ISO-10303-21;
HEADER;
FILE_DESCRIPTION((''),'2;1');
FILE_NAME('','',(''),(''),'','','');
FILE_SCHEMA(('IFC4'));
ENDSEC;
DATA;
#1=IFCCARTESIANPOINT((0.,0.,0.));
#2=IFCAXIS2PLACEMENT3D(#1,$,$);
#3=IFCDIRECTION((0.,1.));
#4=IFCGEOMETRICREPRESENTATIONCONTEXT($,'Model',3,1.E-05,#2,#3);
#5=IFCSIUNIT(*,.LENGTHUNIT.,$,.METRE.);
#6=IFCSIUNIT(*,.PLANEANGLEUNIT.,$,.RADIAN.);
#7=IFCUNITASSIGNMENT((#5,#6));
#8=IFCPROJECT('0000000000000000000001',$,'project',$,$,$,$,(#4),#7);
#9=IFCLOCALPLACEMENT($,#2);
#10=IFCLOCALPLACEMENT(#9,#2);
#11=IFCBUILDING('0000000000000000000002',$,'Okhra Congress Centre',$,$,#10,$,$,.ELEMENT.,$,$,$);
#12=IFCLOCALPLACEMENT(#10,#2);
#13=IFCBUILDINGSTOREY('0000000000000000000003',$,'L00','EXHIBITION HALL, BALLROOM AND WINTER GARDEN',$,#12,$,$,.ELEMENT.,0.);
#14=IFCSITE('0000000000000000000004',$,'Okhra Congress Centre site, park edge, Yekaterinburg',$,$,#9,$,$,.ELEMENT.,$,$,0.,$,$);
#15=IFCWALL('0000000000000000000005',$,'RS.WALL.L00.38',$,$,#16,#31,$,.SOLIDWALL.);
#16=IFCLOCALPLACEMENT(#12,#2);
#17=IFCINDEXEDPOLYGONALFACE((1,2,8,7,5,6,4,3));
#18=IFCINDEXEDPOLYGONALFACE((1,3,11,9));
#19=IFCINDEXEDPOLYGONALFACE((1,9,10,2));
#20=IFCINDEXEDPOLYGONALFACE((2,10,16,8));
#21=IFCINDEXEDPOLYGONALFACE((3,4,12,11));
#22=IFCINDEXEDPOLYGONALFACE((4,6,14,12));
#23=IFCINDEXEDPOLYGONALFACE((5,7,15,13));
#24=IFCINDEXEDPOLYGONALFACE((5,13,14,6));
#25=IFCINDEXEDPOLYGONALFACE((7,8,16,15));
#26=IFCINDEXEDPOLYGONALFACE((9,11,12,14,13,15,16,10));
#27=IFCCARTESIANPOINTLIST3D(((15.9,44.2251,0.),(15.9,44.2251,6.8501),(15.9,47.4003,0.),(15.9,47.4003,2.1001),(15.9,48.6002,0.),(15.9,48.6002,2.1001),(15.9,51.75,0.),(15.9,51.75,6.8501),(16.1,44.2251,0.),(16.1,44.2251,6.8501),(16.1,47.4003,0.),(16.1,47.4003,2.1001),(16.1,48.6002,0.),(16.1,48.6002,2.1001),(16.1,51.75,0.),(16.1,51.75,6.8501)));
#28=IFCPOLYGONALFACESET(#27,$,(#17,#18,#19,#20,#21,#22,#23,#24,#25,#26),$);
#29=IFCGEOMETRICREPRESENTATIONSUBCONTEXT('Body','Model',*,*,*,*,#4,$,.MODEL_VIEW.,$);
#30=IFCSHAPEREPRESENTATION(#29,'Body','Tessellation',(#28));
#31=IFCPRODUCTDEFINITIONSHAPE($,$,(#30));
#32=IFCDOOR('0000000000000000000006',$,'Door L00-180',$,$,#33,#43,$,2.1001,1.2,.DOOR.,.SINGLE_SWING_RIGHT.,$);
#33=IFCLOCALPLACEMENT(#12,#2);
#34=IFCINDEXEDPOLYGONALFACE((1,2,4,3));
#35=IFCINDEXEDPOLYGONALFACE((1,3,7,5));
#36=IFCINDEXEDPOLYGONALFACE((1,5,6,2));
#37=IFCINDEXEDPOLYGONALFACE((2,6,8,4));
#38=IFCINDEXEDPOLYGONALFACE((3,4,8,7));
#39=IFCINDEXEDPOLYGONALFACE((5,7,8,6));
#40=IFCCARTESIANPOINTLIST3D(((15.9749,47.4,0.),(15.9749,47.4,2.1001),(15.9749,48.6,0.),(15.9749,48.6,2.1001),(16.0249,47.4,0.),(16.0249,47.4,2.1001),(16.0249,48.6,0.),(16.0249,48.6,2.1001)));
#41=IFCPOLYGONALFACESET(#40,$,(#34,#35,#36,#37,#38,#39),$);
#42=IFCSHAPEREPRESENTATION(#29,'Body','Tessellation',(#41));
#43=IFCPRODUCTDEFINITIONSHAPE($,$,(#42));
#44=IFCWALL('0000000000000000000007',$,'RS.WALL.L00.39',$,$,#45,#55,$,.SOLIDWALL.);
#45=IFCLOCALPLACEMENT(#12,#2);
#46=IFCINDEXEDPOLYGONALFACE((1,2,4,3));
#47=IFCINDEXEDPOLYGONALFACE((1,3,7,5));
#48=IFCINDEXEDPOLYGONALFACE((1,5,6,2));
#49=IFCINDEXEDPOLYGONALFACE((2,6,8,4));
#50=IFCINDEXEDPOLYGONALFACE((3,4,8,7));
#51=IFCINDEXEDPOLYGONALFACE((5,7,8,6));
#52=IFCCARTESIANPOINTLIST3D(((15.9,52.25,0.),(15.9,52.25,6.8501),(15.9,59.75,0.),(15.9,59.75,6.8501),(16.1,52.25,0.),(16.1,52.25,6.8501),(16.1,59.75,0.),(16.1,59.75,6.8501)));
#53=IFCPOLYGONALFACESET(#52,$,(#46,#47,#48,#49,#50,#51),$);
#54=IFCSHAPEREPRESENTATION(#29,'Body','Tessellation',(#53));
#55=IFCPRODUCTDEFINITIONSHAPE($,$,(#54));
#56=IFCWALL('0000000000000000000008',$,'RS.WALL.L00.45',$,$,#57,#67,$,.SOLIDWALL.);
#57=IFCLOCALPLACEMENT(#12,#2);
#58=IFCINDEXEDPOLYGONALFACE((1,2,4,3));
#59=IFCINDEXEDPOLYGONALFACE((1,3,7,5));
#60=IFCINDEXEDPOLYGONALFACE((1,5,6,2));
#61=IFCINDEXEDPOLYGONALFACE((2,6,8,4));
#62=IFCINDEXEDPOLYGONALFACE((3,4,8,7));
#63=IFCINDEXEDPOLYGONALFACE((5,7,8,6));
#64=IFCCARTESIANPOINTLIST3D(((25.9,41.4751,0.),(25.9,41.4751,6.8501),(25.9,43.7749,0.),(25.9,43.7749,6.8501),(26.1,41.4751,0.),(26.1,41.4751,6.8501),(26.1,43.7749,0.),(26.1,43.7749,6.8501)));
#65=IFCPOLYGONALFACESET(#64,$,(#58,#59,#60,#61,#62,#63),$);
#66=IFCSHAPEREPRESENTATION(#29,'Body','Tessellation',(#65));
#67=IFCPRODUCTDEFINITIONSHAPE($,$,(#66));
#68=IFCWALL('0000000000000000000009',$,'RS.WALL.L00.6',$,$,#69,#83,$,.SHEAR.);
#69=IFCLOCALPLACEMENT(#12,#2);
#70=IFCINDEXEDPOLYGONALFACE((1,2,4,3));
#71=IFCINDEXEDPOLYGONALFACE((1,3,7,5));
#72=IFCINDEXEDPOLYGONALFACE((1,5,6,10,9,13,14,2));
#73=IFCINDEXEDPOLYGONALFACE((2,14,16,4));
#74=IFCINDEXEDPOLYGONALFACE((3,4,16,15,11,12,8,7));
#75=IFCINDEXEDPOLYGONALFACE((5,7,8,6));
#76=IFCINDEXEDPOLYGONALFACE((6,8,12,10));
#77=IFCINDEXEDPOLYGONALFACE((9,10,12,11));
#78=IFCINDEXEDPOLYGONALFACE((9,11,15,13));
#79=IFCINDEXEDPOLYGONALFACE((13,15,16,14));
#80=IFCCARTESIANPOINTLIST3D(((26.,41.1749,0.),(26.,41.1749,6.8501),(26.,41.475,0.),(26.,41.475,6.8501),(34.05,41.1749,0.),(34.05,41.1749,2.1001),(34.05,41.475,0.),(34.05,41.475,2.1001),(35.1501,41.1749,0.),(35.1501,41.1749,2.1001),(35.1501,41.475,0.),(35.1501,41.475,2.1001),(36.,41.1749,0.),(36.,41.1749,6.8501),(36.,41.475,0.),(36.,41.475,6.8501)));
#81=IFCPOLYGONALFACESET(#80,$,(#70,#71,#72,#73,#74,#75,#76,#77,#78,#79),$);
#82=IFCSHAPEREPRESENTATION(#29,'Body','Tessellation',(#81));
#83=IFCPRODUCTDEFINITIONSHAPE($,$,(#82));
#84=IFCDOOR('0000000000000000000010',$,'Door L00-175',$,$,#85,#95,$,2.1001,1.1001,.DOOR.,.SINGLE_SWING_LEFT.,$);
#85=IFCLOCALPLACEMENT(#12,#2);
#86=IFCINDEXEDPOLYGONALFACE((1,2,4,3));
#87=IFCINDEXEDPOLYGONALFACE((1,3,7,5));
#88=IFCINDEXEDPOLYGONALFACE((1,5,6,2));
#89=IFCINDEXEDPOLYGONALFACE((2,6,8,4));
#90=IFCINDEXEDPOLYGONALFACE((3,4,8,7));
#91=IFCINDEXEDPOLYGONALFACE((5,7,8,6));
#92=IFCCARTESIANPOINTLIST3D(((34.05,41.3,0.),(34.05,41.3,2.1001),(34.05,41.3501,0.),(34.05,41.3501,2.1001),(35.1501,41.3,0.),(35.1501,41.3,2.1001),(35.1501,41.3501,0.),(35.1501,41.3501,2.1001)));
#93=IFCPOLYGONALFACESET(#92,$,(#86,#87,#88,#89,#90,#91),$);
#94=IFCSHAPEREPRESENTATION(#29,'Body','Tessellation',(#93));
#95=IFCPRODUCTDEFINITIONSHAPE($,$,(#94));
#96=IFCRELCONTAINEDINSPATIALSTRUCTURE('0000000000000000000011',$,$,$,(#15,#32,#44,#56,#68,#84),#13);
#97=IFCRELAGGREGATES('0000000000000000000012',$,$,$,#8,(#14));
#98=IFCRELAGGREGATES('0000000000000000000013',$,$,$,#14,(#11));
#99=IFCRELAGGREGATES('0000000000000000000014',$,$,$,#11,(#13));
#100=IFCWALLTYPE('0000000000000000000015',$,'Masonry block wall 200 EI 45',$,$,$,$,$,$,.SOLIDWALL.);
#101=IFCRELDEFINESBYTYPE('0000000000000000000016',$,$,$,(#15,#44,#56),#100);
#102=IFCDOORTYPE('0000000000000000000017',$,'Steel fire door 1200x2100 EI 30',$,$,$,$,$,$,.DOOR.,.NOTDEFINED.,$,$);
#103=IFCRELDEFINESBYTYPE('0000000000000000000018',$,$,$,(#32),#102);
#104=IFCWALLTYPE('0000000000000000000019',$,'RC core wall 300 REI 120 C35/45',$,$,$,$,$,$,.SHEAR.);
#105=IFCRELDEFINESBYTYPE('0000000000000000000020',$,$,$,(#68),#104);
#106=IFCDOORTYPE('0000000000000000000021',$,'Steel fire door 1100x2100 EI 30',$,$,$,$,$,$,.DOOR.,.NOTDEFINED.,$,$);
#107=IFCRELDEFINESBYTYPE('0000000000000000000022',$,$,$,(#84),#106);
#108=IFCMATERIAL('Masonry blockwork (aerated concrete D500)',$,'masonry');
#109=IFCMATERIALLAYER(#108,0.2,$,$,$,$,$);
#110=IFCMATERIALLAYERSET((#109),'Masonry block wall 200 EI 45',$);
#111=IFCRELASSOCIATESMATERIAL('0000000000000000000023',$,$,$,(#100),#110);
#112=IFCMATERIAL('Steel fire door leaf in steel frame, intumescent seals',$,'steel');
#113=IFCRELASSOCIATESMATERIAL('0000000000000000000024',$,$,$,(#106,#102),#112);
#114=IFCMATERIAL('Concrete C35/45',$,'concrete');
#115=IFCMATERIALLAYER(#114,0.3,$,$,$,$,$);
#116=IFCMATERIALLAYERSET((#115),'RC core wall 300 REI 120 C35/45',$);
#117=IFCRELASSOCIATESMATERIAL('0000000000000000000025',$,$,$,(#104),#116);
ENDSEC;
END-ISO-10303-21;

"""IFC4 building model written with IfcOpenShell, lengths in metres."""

from ifc_helpers import new_model, si_unit, direction, frame, frame_2d, origin, place, context, subcontext, project, spatial, rectangle, extrude, material, layer, layer_set, type_object, element, fill, save


model = new_model("IFC4")

# Units and contexts
model_context = context("Model", 3, precision=1e-05, world=origin(), true_north=direction((0.0, 1.0)))
body_context = subcontext(model_context, "Body", "Model", "MODEL_VIEW")
ifc_project = project(units=[si_unit("LENGTHUNIT", "METRE"), si_unit("PLANEANGLEUNIT", "RADIAN")], contexts=[model_context])

# Site, building, storey
site_placement = place(None, origin())
site = spatial("IfcSite", under=ifc_project, at=site_placement, Name="Okhra Congress Centre site, park edge, Yekaterinburg", CompositionType="ELEMENT", RefElevation=0.0)
building_placement = place(site_placement, origin())
building = spatial("IfcBuilding", under=site, at=building_placement, Name="Okhra Congress Centre", CompositionType="ELEMENT")
storey_placement = place(building_placement, origin())
storey = spatial("IfcBuildingStorey", under=building, at=storey_placement, Name="L00", Description="EXHIBITION HALL, BALLROOM AND WINTER GARDEN", CompositionType="ELEMENT", Elevation=0.0)

# Shared definitions
ifc_material_1 = material(Name="Concrete C35/45", Category="concrete")

# Wall, opening, door
ifc_material_2 = material(Name="Masonry blockwork (aerated concrete D500)", Category="masonry")
ifc_layer_1 = layer(ifc_material_2, 0.2)
ifc_layer_set_1 = layer_set([ifc_layer_1], Name="Masonry block wall 200 EI 45")
wall_type_1 = type_object("IfcWallType", Name="Masonry block wall 200 EI 45", PredefinedType="SOLIDWALL", material=ifc_layer_set_1)
ifc_material_3 = material(Name="Steel fire door leaf in steel frame, intumescent seals", Category="steel")
door_type_1 = type_object("IfcDoorType", Name="Steel fire door 1100x2100 EI 30", OperationType="NOTDEFINED", PredefinedType="DOOR", material=ifc_material_3)
wall_1_placement = place(storey_placement, frame((16.0, 44.2251, 0.0), z_axis=(0.0, 0.0, 1.0), x_axis=(0.0, 1.0, 0.0)))
wall_1 = element("IfcWall", 1, at=wall_1_placement, inside=storey, type_object=wall_type_1, Name="RS.WALL.L00.38", PredefinedType="SOLIDWALL", context=body_context, shape_type="SweptSolid", body=[
    extrude(rectangle(XDim=7.5249, YDim=0.2, at=frame_2d((3.7625, 0.0))), origin(), (0.0, 0.0, 1.0), 6.8501),
])
opening_1_placement = place(wall_1_placement, frame((3.175, 0.0, 0.0)))
opening_1 = element("IfcOpeningElement", 2, at=opening_1_placement, cuts=wall_1, PredefinedType="OPENING", context=body_context, shape_type="SweptSolid", body=[
    extrude(rectangle(XDim=1.2, YDim=2.1001, at=frame_2d((0.6001, 1.05))), frame((0.0, 0.1099, 0.0), z_axis=(0.0, -1.0, 0.0), x_axis=(1.0, 0.0, 0.0)), (0.0, 0.0, 1.0), 0.22),
])
door_type_2 = type_object("IfcDoorType", Name="Steel fire door 1200x2100 EI 30", OperationType="NOTDEFINED", PredefinedType="DOOR", material=ifc_material_3)
door_1_placement = place(opening_1_placement, frame((1.2, 0.0, 0.0), z_axis=(0.0, 0.0, 1.0), x_axis=(-1.0, 0.0, 0.0)))
door_1 = element("IfcDoor", 3, at=door_1_placement, inside=storey, type_object=door_type_2, Name="Door L00-180", OperationType="SINGLE_SWING_RIGHT", OverallHeight=2.1001, OverallWidth=1.2, PredefinedType="DOOR", context=body_context, shape_type="SweptSolid", body=[
    extrude(rectangle(XDim=1.2, YDim=2.1001, at=frame_2d((0.6001, 1.05))), frame((0.0, 0.0249, 0.0), z_axis=(0.0, -1.0, 0.0), x_axis=(1.0, 0.0, 0.0)), (0.0, 0.0, 1.0), 0.05),
])
fill(opening_1, door_1)

# Walls
wall_2_placement = place(storey_placement, frame((16.0, 52.25, 0.0), z_axis=(0.0, 0.0, 1.0), x_axis=(0.0, 1.0, 0.0)))
element("IfcWall", 4, at=wall_2_placement, inside=storey, type_object=wall_type_1, Name="RS.WALL.L00.39", PredefinedType="SOLIDWALL", context=body_context, shape_type="SweptSolid", body=[
    extrude(rectangle(XDim=7.5, YDim=0.2, at=frame_2d((3.75, 0.0))), origin(), (0.0, 0.0, 1.0), 6.8501),
])
wall_3_placement = place(storey_placement, frame((26.0, 41.4751, 0.0), z_axis=(0.0, 0.0, 1.0), x_axis=(0.0, 1.0, 0.0)))
element("IfcWall", 5, at=wall_3_placement, inside=storey, type_object=wall_type_1, Name="RS.WALL.L00.45", PredefinedType="SOLIDWALL", context=body_context, shape_type="SweptSolid", body=[
    extrude(rectangle(XDim=2.2998, YDim=0.2, at=frame_2d((1.1499, 0.0))), origin(), (0.0, 0.0, 1.0), 6.8501),
])

# Wall, opening, door
ifc_layer_2 = layer(ifc_material_1, 0.3)
ifc_layer_set_2 = layer_set([ifc_layer_2], Name="RC core wall 300 REI 120 C35/45")
wall_type_2 = type_object("IfcWallType", Name="RC core wall 300 REI 120 C35/45", PredefinedType="SHEAR", material=ifc_layer_set_2)
wall_4_placement = place(storey_placement, frame((26.0, 41.325, 0.0), z_axis=(0.0, 0.0, 1.0), x_axis=(1.0, 0.0, 0.0)))
wall_4 = element("IfcWall", 6, at=wall_4_placement, inside=storey, type_object=wall_type_2, Name="RS.WALL.L00.6", PredefinedType="SHEAR", context=body_context, shape_type="SweptSolid", body=[
    extrude(rectangle(XDim=10.0, YDim=0.3, at=frame_2d((5.0, 0.0))), origin(), (0.0, 0.0, 1.0), 6.8501),
])
opening_2_placement = place(wall_4_placement, frame((8.05, 0.0, 0.0)))
opening_2 = element("IfcOpeningElement", 7, at=opening_2_placement, cuts=wall_4, PredefinedType="OPENING", context=body_context, shape_type="SweptSolid", body=[
    extrude(rectangle(XDim=1.1001, YDim=2.1001, at=frame_2d((0.55, 1.05))), frame((0.0, 0.1599, 0.0), z_axis=(0.0, -1.0, 0.0), x_axis=(1.0, 0.0, 0.0)), (0.0, 0.0, 1.0), 0.3201),
])
door_2_placement = place(opening_2_placement, frame((1.1001, 0.0, 0.0), z_axis=(0.0, 0.0, 1.0), x_axis=(-1.0, 0.0, 0.0)))
door_2 = element("IfcDoor", 8, at=door_2_placement, inside=storey, type_object=door_type_1, Name="Door L00-175", OperationType="SINGLE_SWING_LEFT", OverallHeight=2.1001, OverallWidth=1.1001, PredefinedType="DOOR", context=body_context, shape_type="SweptSolid", body=[
    extrude(rectangle(XDim=1.1001, YDim=2.1001, at=frame_2d((0.55, 1.05))), frame((0.0, 0.0249, 0.0), z_axis=(0.0, -1.0, 0.0), x_axis=(1.0, 0.0, 0.0)), (0.0, 0.0, 1.0), 0.05),
])
fill(opening_2, door_2)

save(model, "model.ifc")
